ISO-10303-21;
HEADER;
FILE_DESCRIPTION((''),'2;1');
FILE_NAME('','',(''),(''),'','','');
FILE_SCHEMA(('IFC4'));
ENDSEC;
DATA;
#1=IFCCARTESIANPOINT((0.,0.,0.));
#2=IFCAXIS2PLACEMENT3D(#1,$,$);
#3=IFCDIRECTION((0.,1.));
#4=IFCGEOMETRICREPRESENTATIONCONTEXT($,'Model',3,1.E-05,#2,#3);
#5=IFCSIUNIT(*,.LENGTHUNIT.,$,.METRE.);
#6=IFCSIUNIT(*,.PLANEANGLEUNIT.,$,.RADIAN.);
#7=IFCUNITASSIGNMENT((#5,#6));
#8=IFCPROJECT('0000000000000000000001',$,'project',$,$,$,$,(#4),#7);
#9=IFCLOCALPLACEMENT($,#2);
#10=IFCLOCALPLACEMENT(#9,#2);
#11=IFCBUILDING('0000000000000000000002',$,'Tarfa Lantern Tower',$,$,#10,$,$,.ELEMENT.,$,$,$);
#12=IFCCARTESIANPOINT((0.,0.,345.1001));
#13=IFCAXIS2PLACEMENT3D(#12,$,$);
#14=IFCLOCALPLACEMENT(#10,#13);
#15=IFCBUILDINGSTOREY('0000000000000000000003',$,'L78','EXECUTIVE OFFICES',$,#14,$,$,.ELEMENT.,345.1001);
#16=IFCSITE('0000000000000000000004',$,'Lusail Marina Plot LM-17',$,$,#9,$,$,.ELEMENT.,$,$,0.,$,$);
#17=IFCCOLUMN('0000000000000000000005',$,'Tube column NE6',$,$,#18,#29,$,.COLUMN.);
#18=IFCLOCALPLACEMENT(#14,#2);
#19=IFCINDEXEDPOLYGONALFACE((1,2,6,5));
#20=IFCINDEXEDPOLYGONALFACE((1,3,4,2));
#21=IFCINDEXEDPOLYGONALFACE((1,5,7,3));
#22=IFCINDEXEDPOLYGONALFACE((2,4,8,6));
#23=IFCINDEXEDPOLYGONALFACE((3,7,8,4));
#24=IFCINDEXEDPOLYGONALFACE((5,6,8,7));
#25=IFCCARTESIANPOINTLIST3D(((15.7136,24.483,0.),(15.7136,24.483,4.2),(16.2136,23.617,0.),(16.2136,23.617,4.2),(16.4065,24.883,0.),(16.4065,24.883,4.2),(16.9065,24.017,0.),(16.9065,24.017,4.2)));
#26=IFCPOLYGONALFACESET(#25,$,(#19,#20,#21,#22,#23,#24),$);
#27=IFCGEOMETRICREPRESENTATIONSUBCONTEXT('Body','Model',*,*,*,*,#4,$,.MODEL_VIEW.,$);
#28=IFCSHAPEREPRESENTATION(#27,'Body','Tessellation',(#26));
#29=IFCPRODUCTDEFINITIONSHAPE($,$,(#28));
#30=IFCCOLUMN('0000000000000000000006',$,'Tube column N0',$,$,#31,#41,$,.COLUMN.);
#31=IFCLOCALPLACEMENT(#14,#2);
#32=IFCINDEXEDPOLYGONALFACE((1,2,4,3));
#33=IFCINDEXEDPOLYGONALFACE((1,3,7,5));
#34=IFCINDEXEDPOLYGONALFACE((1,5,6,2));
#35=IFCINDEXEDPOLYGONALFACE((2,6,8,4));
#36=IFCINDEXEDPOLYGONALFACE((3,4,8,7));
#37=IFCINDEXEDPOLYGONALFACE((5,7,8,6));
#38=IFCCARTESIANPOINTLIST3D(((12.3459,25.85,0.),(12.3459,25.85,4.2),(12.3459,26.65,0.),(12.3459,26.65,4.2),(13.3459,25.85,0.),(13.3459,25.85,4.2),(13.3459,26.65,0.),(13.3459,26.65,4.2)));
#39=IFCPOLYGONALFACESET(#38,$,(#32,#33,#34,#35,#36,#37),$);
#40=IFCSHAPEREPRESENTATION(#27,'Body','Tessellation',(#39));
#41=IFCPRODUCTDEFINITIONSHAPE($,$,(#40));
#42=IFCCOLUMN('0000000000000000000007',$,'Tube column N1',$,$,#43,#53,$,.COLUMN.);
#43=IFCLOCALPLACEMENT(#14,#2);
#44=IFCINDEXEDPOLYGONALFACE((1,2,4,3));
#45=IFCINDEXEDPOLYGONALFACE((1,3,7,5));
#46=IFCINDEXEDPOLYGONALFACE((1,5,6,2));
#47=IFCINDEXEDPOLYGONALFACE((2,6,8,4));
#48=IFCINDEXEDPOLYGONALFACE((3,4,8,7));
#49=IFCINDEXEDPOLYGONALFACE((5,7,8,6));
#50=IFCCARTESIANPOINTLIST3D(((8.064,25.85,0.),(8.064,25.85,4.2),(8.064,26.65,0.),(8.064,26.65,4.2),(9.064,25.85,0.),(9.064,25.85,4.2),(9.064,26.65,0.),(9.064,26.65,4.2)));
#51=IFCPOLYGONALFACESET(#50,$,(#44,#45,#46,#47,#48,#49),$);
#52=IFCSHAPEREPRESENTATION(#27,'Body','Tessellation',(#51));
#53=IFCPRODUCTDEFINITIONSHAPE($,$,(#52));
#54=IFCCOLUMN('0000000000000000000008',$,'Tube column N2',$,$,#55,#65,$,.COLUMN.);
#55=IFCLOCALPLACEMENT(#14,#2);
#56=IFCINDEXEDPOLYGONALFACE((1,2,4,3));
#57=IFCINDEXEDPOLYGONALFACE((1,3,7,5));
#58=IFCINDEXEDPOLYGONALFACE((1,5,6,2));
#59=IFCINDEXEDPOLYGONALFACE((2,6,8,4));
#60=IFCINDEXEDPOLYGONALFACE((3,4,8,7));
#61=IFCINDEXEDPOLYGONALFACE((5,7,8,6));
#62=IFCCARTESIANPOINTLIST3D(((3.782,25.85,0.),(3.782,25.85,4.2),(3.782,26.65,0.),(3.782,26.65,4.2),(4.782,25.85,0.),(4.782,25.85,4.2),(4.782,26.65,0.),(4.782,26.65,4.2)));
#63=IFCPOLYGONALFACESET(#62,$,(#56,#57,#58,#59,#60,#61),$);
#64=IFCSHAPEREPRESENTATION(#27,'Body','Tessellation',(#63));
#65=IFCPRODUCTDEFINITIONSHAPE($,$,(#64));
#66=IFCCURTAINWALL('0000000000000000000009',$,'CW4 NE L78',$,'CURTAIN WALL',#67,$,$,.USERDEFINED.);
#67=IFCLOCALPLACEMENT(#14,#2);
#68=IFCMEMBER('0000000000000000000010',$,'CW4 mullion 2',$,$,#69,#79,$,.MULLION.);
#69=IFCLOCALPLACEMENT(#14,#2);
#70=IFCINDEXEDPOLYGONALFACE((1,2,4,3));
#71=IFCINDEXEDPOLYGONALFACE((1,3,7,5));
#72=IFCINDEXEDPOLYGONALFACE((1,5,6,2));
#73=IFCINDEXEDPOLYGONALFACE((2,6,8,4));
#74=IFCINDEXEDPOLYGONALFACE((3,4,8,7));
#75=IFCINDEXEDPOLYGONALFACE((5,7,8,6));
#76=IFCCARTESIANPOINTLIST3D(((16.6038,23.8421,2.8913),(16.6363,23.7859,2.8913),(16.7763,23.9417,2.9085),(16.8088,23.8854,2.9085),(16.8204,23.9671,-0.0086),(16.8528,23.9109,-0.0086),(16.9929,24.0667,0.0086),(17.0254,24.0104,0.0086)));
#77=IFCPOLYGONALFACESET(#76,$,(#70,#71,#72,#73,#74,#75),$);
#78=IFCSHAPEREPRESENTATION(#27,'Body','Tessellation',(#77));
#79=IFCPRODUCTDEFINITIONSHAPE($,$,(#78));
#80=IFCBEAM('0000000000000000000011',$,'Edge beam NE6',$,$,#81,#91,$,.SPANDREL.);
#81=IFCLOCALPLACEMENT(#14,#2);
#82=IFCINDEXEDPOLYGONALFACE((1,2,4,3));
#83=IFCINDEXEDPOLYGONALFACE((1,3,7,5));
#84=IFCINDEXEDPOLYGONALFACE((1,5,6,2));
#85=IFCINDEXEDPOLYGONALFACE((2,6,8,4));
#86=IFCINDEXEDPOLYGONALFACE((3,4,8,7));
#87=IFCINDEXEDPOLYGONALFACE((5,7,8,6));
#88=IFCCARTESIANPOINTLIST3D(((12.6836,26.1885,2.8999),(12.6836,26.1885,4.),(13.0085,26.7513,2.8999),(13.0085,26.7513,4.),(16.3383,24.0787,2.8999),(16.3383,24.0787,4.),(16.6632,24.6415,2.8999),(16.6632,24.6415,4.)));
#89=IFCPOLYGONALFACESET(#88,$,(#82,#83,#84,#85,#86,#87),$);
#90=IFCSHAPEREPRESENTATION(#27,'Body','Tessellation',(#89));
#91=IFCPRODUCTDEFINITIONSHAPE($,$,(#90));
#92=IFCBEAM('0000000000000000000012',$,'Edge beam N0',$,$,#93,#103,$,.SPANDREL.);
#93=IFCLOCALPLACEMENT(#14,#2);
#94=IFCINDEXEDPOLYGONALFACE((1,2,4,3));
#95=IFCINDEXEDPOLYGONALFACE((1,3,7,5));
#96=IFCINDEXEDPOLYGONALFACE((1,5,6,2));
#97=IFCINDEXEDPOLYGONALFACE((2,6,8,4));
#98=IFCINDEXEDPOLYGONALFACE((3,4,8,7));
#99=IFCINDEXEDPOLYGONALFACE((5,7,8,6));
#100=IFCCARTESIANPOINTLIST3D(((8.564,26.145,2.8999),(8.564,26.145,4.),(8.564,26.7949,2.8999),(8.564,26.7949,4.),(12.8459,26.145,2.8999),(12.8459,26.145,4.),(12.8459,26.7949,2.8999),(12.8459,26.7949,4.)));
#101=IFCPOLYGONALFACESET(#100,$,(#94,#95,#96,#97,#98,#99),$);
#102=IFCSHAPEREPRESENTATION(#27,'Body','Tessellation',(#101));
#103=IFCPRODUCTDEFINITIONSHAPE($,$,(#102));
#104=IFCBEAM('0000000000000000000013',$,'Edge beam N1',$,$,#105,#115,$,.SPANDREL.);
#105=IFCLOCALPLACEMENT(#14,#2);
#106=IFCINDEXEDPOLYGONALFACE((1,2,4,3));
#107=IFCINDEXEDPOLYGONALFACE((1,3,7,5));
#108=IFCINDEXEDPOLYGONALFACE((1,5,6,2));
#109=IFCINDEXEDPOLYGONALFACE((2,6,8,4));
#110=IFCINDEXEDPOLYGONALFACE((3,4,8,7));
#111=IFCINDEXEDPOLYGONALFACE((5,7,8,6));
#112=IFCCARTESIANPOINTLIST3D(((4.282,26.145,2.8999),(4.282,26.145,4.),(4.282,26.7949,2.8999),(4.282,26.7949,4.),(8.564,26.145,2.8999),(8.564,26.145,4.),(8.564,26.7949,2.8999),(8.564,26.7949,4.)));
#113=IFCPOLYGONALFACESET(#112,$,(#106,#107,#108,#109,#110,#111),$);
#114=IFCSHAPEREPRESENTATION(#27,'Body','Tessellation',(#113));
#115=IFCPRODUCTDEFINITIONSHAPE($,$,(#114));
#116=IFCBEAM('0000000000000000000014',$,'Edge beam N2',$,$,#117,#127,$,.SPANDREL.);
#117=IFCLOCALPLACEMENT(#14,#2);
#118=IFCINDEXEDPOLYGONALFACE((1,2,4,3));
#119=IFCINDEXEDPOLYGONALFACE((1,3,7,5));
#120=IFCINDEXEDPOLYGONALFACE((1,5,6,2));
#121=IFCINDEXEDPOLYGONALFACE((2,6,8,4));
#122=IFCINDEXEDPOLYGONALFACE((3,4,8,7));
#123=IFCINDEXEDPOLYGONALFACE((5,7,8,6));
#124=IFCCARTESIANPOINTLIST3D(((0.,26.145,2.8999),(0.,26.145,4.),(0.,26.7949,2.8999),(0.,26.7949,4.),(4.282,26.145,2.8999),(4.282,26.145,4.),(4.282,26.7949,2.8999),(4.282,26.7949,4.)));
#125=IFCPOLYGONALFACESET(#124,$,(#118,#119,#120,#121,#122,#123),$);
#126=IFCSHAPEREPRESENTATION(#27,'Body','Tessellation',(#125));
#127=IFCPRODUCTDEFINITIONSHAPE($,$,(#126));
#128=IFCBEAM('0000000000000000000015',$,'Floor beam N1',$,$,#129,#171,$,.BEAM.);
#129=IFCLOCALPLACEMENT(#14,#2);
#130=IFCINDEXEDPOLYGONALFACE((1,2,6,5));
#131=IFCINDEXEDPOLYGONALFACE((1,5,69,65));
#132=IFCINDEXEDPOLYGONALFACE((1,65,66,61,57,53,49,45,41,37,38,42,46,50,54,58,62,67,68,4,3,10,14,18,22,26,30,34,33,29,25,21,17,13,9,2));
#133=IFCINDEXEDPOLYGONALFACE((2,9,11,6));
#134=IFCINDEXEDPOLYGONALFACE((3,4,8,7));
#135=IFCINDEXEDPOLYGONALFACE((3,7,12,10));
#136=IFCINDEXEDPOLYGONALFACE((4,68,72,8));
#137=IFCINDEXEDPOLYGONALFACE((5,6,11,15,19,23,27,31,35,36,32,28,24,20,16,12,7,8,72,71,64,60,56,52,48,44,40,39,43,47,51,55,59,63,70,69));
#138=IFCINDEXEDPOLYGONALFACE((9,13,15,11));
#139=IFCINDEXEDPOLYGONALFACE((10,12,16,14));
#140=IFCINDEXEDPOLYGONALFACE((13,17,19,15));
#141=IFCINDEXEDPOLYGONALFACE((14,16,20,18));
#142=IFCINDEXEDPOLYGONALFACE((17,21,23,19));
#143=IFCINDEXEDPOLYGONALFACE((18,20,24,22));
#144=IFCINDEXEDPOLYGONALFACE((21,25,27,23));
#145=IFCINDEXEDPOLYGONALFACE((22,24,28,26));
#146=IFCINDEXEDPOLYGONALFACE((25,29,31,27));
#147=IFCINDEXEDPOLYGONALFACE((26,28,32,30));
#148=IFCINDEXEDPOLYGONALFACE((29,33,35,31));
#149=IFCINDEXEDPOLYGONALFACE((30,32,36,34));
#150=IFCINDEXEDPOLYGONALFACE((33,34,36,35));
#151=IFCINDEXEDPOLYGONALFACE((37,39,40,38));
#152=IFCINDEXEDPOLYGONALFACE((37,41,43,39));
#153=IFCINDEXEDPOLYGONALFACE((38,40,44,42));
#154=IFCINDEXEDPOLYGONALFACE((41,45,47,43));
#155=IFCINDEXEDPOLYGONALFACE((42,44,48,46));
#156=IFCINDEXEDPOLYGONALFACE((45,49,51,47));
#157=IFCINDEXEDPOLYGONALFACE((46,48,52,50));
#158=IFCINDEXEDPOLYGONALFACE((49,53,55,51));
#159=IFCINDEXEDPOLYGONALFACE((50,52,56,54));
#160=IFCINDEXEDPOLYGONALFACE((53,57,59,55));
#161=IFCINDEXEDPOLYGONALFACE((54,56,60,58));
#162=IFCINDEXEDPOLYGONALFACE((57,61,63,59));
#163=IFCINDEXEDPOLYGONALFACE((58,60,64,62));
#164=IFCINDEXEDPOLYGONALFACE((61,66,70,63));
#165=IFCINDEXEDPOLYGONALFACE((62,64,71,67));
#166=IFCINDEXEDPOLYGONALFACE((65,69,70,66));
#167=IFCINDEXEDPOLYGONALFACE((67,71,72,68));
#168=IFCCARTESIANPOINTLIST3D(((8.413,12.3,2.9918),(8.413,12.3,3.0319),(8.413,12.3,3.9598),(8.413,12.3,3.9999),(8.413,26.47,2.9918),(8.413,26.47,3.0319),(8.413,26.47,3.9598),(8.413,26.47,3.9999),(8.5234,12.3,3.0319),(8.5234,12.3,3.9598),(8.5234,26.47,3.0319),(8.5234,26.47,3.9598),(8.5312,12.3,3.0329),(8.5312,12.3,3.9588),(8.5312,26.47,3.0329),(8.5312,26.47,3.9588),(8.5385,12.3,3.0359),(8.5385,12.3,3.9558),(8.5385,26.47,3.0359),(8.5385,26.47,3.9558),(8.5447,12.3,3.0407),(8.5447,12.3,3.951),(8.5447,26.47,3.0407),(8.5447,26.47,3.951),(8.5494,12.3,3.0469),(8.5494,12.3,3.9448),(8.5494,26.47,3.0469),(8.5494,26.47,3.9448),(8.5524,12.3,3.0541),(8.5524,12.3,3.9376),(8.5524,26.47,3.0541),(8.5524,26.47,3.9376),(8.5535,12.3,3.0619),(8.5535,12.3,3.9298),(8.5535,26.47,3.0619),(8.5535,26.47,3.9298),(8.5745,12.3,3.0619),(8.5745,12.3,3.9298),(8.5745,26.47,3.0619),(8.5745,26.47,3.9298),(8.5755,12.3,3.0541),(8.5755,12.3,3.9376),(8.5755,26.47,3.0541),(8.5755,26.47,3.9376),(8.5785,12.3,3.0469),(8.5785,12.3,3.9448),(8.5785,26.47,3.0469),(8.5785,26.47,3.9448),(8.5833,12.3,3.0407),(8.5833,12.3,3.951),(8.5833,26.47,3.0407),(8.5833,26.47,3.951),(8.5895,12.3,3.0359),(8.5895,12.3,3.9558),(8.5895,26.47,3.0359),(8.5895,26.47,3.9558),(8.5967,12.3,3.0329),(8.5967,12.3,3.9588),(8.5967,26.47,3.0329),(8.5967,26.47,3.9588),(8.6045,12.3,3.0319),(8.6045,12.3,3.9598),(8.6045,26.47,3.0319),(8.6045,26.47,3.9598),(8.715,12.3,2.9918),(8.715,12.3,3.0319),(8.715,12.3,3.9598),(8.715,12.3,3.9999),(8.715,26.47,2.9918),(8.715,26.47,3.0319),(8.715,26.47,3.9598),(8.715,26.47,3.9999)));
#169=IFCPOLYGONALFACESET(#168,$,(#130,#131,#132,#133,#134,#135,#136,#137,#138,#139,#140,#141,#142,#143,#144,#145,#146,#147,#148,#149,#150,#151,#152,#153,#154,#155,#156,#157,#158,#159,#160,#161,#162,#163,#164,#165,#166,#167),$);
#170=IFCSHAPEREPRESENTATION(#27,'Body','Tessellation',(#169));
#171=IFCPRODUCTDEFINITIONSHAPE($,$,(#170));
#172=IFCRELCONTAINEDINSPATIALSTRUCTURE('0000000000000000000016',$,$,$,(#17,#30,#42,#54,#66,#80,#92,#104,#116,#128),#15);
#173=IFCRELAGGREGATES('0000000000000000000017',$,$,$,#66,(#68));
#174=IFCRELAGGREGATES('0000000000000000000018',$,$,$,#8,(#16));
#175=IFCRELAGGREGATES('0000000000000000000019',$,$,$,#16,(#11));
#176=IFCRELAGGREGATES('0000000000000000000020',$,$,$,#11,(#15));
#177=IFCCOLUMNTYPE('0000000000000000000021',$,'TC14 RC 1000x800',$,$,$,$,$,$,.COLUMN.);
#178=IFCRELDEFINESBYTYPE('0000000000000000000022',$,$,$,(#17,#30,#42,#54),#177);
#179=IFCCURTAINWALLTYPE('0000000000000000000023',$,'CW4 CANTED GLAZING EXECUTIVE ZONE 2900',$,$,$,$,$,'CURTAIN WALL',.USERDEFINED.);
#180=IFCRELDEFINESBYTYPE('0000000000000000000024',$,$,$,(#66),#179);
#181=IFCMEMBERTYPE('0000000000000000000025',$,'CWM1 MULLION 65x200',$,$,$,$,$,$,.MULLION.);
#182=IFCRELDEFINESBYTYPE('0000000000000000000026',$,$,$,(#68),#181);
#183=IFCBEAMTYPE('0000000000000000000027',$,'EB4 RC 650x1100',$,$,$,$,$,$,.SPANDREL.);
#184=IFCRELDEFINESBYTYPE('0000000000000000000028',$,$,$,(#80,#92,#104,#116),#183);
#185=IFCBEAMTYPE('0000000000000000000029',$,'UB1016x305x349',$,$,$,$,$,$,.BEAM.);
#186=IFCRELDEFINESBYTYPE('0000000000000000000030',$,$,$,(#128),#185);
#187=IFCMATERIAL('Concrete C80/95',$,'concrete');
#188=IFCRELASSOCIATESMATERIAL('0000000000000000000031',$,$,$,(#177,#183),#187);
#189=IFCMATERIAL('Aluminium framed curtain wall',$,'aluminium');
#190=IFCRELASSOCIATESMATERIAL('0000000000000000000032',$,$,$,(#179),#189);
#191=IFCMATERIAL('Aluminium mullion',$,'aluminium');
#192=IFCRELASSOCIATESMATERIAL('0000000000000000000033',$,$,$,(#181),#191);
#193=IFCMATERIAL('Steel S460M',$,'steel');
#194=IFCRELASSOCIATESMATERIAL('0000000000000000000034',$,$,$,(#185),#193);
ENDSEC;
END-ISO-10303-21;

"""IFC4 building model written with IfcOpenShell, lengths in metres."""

from ifc_helpers import new_model, si_unit, direction, frame, origin, origin_2d, place, context, subcontext, project, spatial, rectangle, i_section, extrude, material, material_profile, profile_set, type_object, element, aggregate, save


model = new_model("IFC4")

# Units and contexts
model_context = context("Model", 3, precision=1e-05, world=origin(), true_north=direction((0.0, 1.0)))
body_context = subcontext(model_context, "Body", "Model", "MODEL_VIEW")
ifc_project = project(units=[si_unit("LENGTHUNIT", "METRE"), si_unit("PLANEANGLEUNIT", "RADIAN")], contexts=[model_context])

# Site, building, storey
site_placement = place(None, origin())
site = spatial("IfcSite", under=ifc_project, at=site_placement, Name="Lusail Marina Plot LM-17", CompositionType="ELEMENT", RefElevation=0.0)
building_placement = place(site_placement, origin())
building = spatial("IfcBuilding", under=site, at=building_placement, Name="Tarfa Lantern Tower", CompositionType="ELEMENT")
storey_placement = place(building_placement, frame((0.0, 0.0, 345.1001)))
storey = spatial("IfcBuildingStorey", under=building, at=storey_placement, Name="L78", Description="EXECUTIVE OFFICES", CompositionType="ELEMENT", Elevation=345.1001)

# Columns
ifc_material_1 = material(Name="Concrete C80/95", Category="concrete")
ifc_material_profile_1 = material_profile(ifc_material_1, rectangle(XDim=1.0, YDim=0.8, at=origin_2d()), Name="RC 1000x800")
ifc_profile_set_1 = profile_set([ifc_material_profile_1], Name="Concrete C80/95")
column_type = type_object("IfcColumnType", Name="TC14 RC 1000x800", PredefinedType="COLUMN", material=ifc_profile_set_1)
for number, where, z_axis, x_axis, name in (
    (1, (16.3101, 24.25, 0.0), (0.0, 0.0, 1.0), (-0.5, 0.866025, 0.0), "Tube column NE6"),
    (2, (12.8459, 26.25, 0.0), (0.0, 0.0, 1.0), (-1.0, 0.0, 0.0), "Tube column N0"),
    (3, (8.564, 26.25, 0.0), (0.0, 0.0, 1.0), (-1.0, 0.0, 0.0), "Tube column N1"),
    (4, (4.282, 26.25, 0.0), (0.0, 0.0, 1.0), (-1.0, 0.0, 0.0), "Tube column N2"),
):
    element("IfcColumn", number, at=place(storey_placement, frame(where, z_axis=z_axis, x_axis=x_axis)), inside=storey, type_object=column_type, Name=name, PredefinedType="COLUMN", context=body_context, shape_type="SweptSolid", body=[
        extrude(rectangle(XDim=1.0, YDim=0.8, at=origin_2d()), origin(), (0.0, 0.0, 1.0), 4.2),
    ])

# Curtain wall, member
ifc_material_2 = material(Name="Aluminium framed curtain wall", Category="aluminium")
curtain_wall_type = type_object("IfcCurtainWallType", Name="CW4 CANTED GLAZING EXECUTIVE ZONE 2900", ElementType="CURTAIN WALL", PredefinedType="USERDEFINED", material=ifc_material_2)
curtain_wall_placement = place(storey_placement, origin())
curtain_wall = element("IfcCurtainWall", 5, at=curtain_wall_placement, inside=storey, type_object=curtain_wall_type, Name="CW4 NE L78", ObjectType="CURTAIN WALL", PredefinedType="USERDEFINED")
ifc_material_3 = material(Name="Aluminium mullion", Category="aluminium")
ifc_material_profile_2 = material_profile(ifc_material_3, rectangle(XDim=0.0649, YDim=0.2, at=origin_2d()), Name="AL MULLION 65x200")
ifc_profile_set_2 = profile_set([ifc_material_profile_2], Name="Aluminium mullion")
member_type = type_object("IfcMemberType", Name="CWM1 MULLION 65x200", PredefinedType="MULLION", material=ifc_profile_set_2)
member_placement = place(storey_placement, frame((16.9229, 23.9888, 0.0), z_axis=(-0.0744, -0.042946, 0.996303), x_axis=(0.49992, -0.866072, 0.0)))
member = element("IfcMember", 6, at=member_placement, type_object=member_type, Name="CW4 mullion 2", PredefinedType="MULLION", context=body_context, shape_type="SweptSolid", body=[
    extrude(rectangle(XDim=0.0649, YDim=0.2, at=origin_2d()), origin(), (0.0, 0.0, 1.0), 2.9106),
])

# Beams
ifc_material_profile_3 = material_profile(ifc_material_1, rectangle(XDim=0.6499, YDim=1.1001, at=origin_2d()), Name="RC 650x1100")
ifc_profile_set_3 = profile_set([ifc_material_profile_3], Name="Concrete C80/95")
beam_type_1 = type_object("IfcBeamType", Name="EB4 RC 650x1100", PredefinedType="SPANDREL", material=ifc_profile_set_3)
beam_1_placement = place(storey_placement, frame((16.5007, 24.3601, 3.45), z_axis=(-0.866049, 0.499959, 0.0), x_axis=(-0.499959, -0.866049, 0.0)))
element("IfcBeam", 7, at=beam_1_placement, inside=storey, type_object=beam_type_1, Name="Edge beam NE6", PredefinedType="SPANDREL", context=body_context, shape_type="SweptSolid", body=[
    extrude(rectangle(XDim=0.6499, YDim=1.1001, at=origin_2d()), origin(), (0.0, 0.0, 1.0), 4.22),
])
for number, where, z_axis, x_axis, name in (
    (8, (12.8459, 26.47, 3.45), (-1.0, 0.0, 0.0), (0.0, -1.0, 0.0), "Edge beam N0"),
    (9, (8.564, 26.47, 3.45), (-1.0, 0.0, 0.0), (0.0, -1.0, 0.0), "Edge beam N1"),
    (10, (4.282, 26.47, 3.45), (-1.0, 0.0, 0.0), (0.0, -1.0, 0.0), "Edge beam N2"),
):
    element("IfcBeam", number, at=place(storey_placement, frame(where, z_axis=z_axis, x_axis=x_axis)), inside=storey, type_object=beam_type_1, Name=name, PredefinedType="SPANDREL", context=body_context, shape_type="SweptSolid", body=[
        extrude(rectangle(XDim=0.6499, YDim=1.1001, at=origin_2d()), origin(), (0.0, 0.0, 1.0), 4.282),
    ])
ifc_material_4 = material(Name="Steel S460M", Category="steel")
ifc_material_profile_4 = material_profile(ifc_material_4, i_section(OverallWidth=0.302, OverallDepth=1.0081, WebThickness=0.021, FlangeThickness=0.04, FilletRadius=0.03, at=origin_2d()), Name="UB1016x305x349")
ifc_profile_set_4 = profile_set([ifc_material_profile_4], Name="Steel S460M")
beam_type_2 = type_object("IfcBeamType", Name="UB1016x305x349", PredefinedType="BEAM", material=ifc_profile_set_4)
for number, where, z_axis, x_axis, name in (
    (11, (8.564, 26.47, 3.4958), (0.0, -1.0, 0.0), (1.0, 0.0, 0.0), "Floor beam N1"),
):
    element("IfcBeam", number, at=place(storey_placement, frame(where, z_axis=z_axis, x_axis=x_axis)), inside=storey, type_object=beam_type_2, Name=name, PredefinedType="BEAM", context=body_context, shape_type="SweptSolid", body=[
        extrude(i_section(OverallWidth=0.302, OverallDepth=1.0081, WebThickness=0.021, FlangeThickness=0.04, FilletRadius=0.03, at=origin_2d()), origin(), (0.0, 0.0, 1.0), 14.1699),
    ])

aggregate(curtain_wall, [member])

save(model, "model.ifc")
